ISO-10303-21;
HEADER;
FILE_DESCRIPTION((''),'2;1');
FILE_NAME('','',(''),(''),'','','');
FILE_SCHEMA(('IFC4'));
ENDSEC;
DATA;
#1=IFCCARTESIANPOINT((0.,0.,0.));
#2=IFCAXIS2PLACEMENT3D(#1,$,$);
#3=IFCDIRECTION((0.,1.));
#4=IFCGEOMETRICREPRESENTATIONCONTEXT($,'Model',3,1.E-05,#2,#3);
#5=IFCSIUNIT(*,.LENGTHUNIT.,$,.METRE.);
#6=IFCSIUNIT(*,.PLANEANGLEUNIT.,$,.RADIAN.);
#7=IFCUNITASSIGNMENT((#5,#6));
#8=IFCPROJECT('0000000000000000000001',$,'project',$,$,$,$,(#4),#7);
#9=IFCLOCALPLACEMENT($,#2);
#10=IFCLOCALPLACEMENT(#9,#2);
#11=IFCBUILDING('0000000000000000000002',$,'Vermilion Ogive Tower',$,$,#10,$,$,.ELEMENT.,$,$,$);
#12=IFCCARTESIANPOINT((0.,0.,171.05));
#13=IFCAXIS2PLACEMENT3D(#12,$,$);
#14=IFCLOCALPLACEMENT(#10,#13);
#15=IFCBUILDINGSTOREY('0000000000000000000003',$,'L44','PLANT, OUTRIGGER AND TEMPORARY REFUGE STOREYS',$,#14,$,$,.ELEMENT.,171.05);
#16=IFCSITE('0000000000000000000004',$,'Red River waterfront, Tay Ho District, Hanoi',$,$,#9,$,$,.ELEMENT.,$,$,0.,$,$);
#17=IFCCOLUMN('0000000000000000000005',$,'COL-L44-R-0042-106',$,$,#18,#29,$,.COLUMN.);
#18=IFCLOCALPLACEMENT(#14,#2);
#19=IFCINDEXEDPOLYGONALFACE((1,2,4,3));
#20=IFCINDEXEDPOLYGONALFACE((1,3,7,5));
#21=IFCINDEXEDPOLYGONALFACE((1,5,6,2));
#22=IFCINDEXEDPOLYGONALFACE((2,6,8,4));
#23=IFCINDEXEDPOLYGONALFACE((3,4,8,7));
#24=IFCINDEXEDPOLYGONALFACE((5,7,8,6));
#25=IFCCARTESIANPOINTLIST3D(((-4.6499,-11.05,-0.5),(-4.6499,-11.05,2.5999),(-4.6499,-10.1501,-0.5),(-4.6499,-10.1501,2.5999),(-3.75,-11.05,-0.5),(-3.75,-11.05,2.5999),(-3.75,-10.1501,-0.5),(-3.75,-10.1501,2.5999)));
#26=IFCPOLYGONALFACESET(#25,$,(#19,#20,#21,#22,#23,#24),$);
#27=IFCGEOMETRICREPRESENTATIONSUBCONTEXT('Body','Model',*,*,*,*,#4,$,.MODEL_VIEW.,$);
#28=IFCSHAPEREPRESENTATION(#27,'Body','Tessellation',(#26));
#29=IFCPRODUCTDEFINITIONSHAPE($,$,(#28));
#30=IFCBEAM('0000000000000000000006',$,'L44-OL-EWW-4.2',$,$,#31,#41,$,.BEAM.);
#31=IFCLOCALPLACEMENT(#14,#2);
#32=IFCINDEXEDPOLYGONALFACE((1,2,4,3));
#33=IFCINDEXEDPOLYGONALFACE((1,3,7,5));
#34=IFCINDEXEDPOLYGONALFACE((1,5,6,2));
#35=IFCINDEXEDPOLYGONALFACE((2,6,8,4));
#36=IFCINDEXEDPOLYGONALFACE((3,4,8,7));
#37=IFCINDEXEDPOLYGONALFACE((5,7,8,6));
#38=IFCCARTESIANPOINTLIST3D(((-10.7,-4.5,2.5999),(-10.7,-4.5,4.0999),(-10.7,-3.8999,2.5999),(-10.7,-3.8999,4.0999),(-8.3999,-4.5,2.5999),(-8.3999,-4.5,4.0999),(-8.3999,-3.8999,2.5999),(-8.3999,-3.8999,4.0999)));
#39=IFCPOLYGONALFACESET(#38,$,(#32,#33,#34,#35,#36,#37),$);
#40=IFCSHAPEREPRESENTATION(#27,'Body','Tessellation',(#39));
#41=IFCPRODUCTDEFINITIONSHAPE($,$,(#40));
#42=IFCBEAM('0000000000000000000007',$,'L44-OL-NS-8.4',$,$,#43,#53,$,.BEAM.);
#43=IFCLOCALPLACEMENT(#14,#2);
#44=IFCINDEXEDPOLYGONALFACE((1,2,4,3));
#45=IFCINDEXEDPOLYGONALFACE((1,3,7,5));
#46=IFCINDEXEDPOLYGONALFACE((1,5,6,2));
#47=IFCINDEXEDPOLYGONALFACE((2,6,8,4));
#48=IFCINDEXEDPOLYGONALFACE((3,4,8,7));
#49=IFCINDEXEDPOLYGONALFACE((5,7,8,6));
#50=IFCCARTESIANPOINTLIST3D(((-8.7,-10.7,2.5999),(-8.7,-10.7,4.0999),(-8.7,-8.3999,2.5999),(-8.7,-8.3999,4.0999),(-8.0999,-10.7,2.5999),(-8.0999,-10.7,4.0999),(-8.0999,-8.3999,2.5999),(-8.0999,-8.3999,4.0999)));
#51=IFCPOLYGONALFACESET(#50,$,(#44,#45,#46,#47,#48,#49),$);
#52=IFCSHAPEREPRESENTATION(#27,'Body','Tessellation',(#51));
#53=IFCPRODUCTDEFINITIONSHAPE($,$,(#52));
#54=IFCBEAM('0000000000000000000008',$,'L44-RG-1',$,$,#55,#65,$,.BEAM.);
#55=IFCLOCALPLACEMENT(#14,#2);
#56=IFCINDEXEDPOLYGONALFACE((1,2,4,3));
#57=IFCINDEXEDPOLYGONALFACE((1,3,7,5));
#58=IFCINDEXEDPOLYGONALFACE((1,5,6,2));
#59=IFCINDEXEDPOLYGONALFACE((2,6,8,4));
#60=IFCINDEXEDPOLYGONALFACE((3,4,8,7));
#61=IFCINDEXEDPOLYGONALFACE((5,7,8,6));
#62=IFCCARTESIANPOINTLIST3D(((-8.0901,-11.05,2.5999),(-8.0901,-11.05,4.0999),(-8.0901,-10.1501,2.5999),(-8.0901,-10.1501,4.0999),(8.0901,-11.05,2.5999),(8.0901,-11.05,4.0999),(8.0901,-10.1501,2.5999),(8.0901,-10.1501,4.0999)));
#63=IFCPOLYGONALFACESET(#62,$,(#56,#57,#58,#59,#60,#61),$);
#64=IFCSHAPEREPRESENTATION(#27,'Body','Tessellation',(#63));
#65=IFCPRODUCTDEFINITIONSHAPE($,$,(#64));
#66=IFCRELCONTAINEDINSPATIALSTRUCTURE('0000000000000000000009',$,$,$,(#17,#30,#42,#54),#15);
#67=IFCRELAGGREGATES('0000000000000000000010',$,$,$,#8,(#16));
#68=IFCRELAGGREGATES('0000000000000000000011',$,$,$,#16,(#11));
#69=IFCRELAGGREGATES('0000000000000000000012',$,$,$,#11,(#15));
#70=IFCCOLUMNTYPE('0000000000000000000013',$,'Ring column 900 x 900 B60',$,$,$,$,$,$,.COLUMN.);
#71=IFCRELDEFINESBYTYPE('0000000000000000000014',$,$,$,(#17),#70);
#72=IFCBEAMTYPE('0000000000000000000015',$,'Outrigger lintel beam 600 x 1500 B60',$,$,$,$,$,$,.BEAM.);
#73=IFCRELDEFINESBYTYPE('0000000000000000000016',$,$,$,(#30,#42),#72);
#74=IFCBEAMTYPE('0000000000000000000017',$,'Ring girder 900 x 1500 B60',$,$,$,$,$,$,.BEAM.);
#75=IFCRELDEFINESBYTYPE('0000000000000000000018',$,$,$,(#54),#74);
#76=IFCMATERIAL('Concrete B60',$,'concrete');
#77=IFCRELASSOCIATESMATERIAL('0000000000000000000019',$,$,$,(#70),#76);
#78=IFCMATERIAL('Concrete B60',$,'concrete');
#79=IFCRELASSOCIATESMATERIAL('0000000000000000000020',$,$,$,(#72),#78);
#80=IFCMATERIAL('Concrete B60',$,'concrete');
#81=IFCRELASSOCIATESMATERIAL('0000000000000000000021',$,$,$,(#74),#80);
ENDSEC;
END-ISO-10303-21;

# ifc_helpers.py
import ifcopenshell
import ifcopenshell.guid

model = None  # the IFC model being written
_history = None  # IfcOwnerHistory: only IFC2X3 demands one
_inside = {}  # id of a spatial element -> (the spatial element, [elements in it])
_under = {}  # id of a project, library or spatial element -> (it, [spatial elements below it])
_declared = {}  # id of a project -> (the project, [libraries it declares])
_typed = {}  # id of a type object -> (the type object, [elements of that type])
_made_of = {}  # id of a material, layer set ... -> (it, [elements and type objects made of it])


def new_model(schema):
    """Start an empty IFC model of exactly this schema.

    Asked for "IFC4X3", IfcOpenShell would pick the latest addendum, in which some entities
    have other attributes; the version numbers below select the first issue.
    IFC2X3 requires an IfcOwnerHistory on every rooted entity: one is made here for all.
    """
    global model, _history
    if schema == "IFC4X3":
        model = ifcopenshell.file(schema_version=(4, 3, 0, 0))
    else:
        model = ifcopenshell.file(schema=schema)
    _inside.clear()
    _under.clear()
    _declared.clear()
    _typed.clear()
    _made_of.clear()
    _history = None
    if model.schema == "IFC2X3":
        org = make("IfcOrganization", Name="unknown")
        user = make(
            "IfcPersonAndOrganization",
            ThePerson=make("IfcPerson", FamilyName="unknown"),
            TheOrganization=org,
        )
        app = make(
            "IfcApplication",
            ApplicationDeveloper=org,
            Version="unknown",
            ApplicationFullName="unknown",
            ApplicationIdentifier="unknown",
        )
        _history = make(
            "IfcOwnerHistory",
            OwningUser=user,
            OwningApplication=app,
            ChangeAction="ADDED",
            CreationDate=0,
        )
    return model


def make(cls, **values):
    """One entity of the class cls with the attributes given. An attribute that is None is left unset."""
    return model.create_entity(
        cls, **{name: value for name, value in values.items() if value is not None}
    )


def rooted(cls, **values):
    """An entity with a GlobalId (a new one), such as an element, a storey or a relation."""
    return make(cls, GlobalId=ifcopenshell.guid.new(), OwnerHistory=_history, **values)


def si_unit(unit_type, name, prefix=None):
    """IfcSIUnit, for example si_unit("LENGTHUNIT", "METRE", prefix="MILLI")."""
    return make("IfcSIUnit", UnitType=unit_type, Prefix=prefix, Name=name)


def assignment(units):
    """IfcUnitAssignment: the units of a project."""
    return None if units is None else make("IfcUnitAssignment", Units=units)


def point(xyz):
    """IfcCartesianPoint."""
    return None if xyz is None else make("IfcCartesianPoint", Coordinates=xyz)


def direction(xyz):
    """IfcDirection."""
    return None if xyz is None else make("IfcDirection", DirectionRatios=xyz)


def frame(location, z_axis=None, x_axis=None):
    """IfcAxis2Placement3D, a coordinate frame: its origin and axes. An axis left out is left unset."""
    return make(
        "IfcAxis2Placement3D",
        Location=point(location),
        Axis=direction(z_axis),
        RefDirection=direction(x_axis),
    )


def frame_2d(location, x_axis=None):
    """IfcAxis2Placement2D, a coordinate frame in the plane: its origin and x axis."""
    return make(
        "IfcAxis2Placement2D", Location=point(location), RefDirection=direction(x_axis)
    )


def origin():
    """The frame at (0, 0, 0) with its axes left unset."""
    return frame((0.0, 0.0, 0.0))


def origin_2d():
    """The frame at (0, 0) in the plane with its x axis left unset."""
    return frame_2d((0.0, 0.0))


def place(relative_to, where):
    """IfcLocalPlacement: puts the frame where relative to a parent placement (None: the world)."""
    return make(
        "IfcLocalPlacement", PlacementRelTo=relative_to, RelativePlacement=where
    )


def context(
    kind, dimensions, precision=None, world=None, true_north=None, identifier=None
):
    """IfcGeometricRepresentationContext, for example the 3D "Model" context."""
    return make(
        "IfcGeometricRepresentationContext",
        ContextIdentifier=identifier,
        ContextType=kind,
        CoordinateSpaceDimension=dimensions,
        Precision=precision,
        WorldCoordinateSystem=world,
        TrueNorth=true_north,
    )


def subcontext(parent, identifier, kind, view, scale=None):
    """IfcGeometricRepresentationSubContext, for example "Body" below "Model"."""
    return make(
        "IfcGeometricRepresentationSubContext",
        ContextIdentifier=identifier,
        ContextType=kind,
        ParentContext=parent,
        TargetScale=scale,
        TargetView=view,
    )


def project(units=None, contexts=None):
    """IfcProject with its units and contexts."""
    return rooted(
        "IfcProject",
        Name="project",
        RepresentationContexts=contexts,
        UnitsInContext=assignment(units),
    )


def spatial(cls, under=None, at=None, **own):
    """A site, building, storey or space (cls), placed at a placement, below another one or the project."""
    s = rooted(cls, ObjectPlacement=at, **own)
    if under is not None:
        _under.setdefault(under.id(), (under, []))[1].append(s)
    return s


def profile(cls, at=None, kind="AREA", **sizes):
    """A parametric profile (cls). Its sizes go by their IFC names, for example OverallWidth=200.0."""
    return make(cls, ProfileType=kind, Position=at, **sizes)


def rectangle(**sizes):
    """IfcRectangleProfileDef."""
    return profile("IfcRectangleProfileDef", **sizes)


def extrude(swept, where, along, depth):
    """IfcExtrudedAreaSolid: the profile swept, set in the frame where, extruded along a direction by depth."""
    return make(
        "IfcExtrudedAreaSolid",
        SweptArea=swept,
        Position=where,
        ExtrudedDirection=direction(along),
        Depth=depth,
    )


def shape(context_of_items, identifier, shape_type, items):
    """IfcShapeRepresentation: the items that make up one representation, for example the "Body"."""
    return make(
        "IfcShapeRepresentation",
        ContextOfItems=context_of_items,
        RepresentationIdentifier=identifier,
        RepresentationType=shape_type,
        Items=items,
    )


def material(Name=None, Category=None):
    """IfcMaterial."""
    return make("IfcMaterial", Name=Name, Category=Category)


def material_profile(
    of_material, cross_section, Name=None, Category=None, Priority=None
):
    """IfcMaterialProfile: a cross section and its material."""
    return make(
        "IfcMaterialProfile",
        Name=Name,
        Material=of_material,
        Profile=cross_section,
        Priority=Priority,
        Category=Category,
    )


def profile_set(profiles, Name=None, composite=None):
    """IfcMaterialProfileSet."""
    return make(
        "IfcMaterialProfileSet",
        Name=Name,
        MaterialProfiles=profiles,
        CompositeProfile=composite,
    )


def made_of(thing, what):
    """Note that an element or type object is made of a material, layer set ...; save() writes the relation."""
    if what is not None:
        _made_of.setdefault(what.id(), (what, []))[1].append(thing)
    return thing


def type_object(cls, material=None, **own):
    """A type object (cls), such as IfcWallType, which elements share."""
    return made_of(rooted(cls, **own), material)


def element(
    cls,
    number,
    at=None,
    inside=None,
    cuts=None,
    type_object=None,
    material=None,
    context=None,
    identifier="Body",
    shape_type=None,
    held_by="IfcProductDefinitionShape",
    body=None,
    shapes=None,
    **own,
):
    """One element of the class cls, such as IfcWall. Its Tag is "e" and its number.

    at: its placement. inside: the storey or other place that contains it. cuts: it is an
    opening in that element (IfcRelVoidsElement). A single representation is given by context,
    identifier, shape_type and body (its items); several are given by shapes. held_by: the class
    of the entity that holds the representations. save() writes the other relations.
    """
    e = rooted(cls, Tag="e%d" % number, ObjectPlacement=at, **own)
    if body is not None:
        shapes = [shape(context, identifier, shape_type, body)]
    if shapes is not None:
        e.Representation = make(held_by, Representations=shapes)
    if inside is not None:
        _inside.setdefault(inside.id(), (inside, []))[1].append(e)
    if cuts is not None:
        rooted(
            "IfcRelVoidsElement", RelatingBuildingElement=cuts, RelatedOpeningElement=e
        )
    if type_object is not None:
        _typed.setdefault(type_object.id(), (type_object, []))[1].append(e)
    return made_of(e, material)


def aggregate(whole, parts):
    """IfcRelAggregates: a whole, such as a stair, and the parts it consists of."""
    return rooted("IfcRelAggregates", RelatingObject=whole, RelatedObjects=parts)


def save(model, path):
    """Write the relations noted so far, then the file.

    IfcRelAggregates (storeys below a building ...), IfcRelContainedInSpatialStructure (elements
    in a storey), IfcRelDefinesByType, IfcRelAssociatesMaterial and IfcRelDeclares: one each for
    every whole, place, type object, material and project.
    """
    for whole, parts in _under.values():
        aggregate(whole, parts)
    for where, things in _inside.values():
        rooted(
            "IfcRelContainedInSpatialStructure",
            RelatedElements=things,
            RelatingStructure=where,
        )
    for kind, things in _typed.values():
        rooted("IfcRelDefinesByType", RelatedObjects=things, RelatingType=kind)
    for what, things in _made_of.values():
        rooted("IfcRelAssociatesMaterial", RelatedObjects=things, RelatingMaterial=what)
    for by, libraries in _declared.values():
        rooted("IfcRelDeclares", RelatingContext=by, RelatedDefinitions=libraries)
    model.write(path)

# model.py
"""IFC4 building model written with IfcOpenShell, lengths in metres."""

from ifc_helpers import new_model, si_unit, direction, frame, origin, origin_2d, place, context, subcontext, project, spatial, rectangle, extrude, material, material_profile, profile_set, type_object, element, save


model = new_model("IFC4")

# Units and contexts
model_context = context("Model", 3, precision=1e-05, world=origin(), true_north=direction((0.0, 1.0)))
body_context = subcontext(model_context, "Body", "Model", "MODEL_VIEW")
ifc_project = project(units=[si_unit("LENGTHUNIT", "METRE"), si_unit("PLANEANGLEUNIT", "RADIAN")], contexts=[model_context])

# Site, building, storey
site_placement = place(None, origin())
site = spatial("IfcSite", under=ifc_project, at=site_placement, Name="Red River waterfront, Tay Ho District, Hanoi", CompositionType="ELEMENT", RefElevation=0.0)
building_placement = place(site_placement, origin())
building = spatial("IfcBuilding", under=site, at=building_placement, Name="Vermilion Ogive Tower", CompositionType="ELEMENT")
storey_placement = place(building_placement, frame((0.0, 0.0, 171.05)))
storey = spatial("IfcBuildingStorey", under=building, at=storey_placement, Name="L44", Description="PLANT, OUTRIGGER AND TEMPORARY REFUGE STOREYS", CompositionType="ELEMENT", Elevation=171.05)

# Column
ifc_material_1 = material(Name="Concrete B60", Category="concrete")
ifc_material_profile_1 = material_profile(ifc_material_1, rectangle(XDim=0.8999, YDim=0.8999, at=origin_2d()), Name="900 x 900")
ifc_profile_set_1 = profile_set([ifc_material_profile_1], Name="Concrete B60")
column_type = type_object("IfcColumnType", Name="Ring column 900 x 900 B60", PredefinedType="COLUMN", material=ifc_profile_set_1)
column_placement = place(storey_placement, frame((-4.2, -10.6001, -0.5), z_axis=(0.0, 0.0, 1.0), x_axis=(1.0, 0.0, 0.0)))
element("IfcColumn", 1, at=column_placement, inside=storey, type_object=column_type, Name="COL-L44-R-0042-106", PredefinedType="COLUMN", context=body_context, shape_type="SweptSolid", body=[
    extrude(rectangle(XDim=0.8999, YDim=0.8999, at=origin_2d()), origin(), (0.0, 0.0, 1.0), 3.0999),
])

# Beams
ifc_material_2 = material(Name="Concrete B60", Category="concrete")
ifc_material_profile_2 = material_profile(ifc_material_2, rectangle(XDim=0.6001, YDim=1.5, at=origin_2d()), Name="600 x 1500")
ifc_profile_set_2 = profile_set([ifc_material_profile_2], Name="Concrete B60")
beam_type_1 = type_object("IfcBeamType", Name="Outrigger lintel beam 600 x 1500 B60", PredefinedType="BEAM", material=ifc_profile_set_2)
for number, where, z_axis, x_axis, name in (
    (2, (-8.3999, -4.2, 3.3499), (-1.0, 0.0, 0.0), (0.0, -1.0, 0.0), "L44-OL-EWW-4.2"),
    (3, (-8.3999, -8.3999, 3.3499), (0.0, -1.0, 0.0), (1.0, 0.0, 0.0), "L44-OL-NS-8.4"),
):
    element("IfcBeam", number, at=place(storey_placement, frame(where, z_axis=z_axis, x_axis=x_axis)), inside=storey, type_object=beam_type_1, Name=name, PredefinedType="BEAM", context=body_context, shape_type="SweptSolid", body=[
        extrude(rectangle(XDim=0.6001, YDim=1.5, at=origin_2d()), origin(), (0.0, 0.0, 1.0), 2.3),
    ])
ifc_material_3 = material(Name="Concrete B60", Category="concrete")
ifc_material_profile_3 = material_profile(ifc_material_3, rectangle(XDim=0.8999, YDim=1.5, at=origin_2d()), Name="900 x 1500")
ifc_profile_set_3 = profile_set([ifc_material_profile_3], Name="Concrete B60")
beam_type_2 = type_object("IfcBeamType", Name="Ring girder 900 x 1500 B60", PredefinedType="BEAM", material=ifc_profile_set_3)
beam_placement = place(storey_placement, frame((-8.0901, -10.6001, 3.3499), z_axis=(1.0, 0.0, 0.0), x_axis=(0.0, 1.0, 0.0)))
element("IfcBeam", 4, at=beam_placement, inside=storey, type_object=beam_type_2, Name="L44-RG-1", PredefinedType="BEAM", context=body_context, shape_type="SweptSolid", body=[
    extrude(rectangle(XDim=0.8999, YDim=1.5, at=origin_2d()), origin(), (0.0, 0.0, 1.0), 16.1802),
])

save(model, "model.ifc")
